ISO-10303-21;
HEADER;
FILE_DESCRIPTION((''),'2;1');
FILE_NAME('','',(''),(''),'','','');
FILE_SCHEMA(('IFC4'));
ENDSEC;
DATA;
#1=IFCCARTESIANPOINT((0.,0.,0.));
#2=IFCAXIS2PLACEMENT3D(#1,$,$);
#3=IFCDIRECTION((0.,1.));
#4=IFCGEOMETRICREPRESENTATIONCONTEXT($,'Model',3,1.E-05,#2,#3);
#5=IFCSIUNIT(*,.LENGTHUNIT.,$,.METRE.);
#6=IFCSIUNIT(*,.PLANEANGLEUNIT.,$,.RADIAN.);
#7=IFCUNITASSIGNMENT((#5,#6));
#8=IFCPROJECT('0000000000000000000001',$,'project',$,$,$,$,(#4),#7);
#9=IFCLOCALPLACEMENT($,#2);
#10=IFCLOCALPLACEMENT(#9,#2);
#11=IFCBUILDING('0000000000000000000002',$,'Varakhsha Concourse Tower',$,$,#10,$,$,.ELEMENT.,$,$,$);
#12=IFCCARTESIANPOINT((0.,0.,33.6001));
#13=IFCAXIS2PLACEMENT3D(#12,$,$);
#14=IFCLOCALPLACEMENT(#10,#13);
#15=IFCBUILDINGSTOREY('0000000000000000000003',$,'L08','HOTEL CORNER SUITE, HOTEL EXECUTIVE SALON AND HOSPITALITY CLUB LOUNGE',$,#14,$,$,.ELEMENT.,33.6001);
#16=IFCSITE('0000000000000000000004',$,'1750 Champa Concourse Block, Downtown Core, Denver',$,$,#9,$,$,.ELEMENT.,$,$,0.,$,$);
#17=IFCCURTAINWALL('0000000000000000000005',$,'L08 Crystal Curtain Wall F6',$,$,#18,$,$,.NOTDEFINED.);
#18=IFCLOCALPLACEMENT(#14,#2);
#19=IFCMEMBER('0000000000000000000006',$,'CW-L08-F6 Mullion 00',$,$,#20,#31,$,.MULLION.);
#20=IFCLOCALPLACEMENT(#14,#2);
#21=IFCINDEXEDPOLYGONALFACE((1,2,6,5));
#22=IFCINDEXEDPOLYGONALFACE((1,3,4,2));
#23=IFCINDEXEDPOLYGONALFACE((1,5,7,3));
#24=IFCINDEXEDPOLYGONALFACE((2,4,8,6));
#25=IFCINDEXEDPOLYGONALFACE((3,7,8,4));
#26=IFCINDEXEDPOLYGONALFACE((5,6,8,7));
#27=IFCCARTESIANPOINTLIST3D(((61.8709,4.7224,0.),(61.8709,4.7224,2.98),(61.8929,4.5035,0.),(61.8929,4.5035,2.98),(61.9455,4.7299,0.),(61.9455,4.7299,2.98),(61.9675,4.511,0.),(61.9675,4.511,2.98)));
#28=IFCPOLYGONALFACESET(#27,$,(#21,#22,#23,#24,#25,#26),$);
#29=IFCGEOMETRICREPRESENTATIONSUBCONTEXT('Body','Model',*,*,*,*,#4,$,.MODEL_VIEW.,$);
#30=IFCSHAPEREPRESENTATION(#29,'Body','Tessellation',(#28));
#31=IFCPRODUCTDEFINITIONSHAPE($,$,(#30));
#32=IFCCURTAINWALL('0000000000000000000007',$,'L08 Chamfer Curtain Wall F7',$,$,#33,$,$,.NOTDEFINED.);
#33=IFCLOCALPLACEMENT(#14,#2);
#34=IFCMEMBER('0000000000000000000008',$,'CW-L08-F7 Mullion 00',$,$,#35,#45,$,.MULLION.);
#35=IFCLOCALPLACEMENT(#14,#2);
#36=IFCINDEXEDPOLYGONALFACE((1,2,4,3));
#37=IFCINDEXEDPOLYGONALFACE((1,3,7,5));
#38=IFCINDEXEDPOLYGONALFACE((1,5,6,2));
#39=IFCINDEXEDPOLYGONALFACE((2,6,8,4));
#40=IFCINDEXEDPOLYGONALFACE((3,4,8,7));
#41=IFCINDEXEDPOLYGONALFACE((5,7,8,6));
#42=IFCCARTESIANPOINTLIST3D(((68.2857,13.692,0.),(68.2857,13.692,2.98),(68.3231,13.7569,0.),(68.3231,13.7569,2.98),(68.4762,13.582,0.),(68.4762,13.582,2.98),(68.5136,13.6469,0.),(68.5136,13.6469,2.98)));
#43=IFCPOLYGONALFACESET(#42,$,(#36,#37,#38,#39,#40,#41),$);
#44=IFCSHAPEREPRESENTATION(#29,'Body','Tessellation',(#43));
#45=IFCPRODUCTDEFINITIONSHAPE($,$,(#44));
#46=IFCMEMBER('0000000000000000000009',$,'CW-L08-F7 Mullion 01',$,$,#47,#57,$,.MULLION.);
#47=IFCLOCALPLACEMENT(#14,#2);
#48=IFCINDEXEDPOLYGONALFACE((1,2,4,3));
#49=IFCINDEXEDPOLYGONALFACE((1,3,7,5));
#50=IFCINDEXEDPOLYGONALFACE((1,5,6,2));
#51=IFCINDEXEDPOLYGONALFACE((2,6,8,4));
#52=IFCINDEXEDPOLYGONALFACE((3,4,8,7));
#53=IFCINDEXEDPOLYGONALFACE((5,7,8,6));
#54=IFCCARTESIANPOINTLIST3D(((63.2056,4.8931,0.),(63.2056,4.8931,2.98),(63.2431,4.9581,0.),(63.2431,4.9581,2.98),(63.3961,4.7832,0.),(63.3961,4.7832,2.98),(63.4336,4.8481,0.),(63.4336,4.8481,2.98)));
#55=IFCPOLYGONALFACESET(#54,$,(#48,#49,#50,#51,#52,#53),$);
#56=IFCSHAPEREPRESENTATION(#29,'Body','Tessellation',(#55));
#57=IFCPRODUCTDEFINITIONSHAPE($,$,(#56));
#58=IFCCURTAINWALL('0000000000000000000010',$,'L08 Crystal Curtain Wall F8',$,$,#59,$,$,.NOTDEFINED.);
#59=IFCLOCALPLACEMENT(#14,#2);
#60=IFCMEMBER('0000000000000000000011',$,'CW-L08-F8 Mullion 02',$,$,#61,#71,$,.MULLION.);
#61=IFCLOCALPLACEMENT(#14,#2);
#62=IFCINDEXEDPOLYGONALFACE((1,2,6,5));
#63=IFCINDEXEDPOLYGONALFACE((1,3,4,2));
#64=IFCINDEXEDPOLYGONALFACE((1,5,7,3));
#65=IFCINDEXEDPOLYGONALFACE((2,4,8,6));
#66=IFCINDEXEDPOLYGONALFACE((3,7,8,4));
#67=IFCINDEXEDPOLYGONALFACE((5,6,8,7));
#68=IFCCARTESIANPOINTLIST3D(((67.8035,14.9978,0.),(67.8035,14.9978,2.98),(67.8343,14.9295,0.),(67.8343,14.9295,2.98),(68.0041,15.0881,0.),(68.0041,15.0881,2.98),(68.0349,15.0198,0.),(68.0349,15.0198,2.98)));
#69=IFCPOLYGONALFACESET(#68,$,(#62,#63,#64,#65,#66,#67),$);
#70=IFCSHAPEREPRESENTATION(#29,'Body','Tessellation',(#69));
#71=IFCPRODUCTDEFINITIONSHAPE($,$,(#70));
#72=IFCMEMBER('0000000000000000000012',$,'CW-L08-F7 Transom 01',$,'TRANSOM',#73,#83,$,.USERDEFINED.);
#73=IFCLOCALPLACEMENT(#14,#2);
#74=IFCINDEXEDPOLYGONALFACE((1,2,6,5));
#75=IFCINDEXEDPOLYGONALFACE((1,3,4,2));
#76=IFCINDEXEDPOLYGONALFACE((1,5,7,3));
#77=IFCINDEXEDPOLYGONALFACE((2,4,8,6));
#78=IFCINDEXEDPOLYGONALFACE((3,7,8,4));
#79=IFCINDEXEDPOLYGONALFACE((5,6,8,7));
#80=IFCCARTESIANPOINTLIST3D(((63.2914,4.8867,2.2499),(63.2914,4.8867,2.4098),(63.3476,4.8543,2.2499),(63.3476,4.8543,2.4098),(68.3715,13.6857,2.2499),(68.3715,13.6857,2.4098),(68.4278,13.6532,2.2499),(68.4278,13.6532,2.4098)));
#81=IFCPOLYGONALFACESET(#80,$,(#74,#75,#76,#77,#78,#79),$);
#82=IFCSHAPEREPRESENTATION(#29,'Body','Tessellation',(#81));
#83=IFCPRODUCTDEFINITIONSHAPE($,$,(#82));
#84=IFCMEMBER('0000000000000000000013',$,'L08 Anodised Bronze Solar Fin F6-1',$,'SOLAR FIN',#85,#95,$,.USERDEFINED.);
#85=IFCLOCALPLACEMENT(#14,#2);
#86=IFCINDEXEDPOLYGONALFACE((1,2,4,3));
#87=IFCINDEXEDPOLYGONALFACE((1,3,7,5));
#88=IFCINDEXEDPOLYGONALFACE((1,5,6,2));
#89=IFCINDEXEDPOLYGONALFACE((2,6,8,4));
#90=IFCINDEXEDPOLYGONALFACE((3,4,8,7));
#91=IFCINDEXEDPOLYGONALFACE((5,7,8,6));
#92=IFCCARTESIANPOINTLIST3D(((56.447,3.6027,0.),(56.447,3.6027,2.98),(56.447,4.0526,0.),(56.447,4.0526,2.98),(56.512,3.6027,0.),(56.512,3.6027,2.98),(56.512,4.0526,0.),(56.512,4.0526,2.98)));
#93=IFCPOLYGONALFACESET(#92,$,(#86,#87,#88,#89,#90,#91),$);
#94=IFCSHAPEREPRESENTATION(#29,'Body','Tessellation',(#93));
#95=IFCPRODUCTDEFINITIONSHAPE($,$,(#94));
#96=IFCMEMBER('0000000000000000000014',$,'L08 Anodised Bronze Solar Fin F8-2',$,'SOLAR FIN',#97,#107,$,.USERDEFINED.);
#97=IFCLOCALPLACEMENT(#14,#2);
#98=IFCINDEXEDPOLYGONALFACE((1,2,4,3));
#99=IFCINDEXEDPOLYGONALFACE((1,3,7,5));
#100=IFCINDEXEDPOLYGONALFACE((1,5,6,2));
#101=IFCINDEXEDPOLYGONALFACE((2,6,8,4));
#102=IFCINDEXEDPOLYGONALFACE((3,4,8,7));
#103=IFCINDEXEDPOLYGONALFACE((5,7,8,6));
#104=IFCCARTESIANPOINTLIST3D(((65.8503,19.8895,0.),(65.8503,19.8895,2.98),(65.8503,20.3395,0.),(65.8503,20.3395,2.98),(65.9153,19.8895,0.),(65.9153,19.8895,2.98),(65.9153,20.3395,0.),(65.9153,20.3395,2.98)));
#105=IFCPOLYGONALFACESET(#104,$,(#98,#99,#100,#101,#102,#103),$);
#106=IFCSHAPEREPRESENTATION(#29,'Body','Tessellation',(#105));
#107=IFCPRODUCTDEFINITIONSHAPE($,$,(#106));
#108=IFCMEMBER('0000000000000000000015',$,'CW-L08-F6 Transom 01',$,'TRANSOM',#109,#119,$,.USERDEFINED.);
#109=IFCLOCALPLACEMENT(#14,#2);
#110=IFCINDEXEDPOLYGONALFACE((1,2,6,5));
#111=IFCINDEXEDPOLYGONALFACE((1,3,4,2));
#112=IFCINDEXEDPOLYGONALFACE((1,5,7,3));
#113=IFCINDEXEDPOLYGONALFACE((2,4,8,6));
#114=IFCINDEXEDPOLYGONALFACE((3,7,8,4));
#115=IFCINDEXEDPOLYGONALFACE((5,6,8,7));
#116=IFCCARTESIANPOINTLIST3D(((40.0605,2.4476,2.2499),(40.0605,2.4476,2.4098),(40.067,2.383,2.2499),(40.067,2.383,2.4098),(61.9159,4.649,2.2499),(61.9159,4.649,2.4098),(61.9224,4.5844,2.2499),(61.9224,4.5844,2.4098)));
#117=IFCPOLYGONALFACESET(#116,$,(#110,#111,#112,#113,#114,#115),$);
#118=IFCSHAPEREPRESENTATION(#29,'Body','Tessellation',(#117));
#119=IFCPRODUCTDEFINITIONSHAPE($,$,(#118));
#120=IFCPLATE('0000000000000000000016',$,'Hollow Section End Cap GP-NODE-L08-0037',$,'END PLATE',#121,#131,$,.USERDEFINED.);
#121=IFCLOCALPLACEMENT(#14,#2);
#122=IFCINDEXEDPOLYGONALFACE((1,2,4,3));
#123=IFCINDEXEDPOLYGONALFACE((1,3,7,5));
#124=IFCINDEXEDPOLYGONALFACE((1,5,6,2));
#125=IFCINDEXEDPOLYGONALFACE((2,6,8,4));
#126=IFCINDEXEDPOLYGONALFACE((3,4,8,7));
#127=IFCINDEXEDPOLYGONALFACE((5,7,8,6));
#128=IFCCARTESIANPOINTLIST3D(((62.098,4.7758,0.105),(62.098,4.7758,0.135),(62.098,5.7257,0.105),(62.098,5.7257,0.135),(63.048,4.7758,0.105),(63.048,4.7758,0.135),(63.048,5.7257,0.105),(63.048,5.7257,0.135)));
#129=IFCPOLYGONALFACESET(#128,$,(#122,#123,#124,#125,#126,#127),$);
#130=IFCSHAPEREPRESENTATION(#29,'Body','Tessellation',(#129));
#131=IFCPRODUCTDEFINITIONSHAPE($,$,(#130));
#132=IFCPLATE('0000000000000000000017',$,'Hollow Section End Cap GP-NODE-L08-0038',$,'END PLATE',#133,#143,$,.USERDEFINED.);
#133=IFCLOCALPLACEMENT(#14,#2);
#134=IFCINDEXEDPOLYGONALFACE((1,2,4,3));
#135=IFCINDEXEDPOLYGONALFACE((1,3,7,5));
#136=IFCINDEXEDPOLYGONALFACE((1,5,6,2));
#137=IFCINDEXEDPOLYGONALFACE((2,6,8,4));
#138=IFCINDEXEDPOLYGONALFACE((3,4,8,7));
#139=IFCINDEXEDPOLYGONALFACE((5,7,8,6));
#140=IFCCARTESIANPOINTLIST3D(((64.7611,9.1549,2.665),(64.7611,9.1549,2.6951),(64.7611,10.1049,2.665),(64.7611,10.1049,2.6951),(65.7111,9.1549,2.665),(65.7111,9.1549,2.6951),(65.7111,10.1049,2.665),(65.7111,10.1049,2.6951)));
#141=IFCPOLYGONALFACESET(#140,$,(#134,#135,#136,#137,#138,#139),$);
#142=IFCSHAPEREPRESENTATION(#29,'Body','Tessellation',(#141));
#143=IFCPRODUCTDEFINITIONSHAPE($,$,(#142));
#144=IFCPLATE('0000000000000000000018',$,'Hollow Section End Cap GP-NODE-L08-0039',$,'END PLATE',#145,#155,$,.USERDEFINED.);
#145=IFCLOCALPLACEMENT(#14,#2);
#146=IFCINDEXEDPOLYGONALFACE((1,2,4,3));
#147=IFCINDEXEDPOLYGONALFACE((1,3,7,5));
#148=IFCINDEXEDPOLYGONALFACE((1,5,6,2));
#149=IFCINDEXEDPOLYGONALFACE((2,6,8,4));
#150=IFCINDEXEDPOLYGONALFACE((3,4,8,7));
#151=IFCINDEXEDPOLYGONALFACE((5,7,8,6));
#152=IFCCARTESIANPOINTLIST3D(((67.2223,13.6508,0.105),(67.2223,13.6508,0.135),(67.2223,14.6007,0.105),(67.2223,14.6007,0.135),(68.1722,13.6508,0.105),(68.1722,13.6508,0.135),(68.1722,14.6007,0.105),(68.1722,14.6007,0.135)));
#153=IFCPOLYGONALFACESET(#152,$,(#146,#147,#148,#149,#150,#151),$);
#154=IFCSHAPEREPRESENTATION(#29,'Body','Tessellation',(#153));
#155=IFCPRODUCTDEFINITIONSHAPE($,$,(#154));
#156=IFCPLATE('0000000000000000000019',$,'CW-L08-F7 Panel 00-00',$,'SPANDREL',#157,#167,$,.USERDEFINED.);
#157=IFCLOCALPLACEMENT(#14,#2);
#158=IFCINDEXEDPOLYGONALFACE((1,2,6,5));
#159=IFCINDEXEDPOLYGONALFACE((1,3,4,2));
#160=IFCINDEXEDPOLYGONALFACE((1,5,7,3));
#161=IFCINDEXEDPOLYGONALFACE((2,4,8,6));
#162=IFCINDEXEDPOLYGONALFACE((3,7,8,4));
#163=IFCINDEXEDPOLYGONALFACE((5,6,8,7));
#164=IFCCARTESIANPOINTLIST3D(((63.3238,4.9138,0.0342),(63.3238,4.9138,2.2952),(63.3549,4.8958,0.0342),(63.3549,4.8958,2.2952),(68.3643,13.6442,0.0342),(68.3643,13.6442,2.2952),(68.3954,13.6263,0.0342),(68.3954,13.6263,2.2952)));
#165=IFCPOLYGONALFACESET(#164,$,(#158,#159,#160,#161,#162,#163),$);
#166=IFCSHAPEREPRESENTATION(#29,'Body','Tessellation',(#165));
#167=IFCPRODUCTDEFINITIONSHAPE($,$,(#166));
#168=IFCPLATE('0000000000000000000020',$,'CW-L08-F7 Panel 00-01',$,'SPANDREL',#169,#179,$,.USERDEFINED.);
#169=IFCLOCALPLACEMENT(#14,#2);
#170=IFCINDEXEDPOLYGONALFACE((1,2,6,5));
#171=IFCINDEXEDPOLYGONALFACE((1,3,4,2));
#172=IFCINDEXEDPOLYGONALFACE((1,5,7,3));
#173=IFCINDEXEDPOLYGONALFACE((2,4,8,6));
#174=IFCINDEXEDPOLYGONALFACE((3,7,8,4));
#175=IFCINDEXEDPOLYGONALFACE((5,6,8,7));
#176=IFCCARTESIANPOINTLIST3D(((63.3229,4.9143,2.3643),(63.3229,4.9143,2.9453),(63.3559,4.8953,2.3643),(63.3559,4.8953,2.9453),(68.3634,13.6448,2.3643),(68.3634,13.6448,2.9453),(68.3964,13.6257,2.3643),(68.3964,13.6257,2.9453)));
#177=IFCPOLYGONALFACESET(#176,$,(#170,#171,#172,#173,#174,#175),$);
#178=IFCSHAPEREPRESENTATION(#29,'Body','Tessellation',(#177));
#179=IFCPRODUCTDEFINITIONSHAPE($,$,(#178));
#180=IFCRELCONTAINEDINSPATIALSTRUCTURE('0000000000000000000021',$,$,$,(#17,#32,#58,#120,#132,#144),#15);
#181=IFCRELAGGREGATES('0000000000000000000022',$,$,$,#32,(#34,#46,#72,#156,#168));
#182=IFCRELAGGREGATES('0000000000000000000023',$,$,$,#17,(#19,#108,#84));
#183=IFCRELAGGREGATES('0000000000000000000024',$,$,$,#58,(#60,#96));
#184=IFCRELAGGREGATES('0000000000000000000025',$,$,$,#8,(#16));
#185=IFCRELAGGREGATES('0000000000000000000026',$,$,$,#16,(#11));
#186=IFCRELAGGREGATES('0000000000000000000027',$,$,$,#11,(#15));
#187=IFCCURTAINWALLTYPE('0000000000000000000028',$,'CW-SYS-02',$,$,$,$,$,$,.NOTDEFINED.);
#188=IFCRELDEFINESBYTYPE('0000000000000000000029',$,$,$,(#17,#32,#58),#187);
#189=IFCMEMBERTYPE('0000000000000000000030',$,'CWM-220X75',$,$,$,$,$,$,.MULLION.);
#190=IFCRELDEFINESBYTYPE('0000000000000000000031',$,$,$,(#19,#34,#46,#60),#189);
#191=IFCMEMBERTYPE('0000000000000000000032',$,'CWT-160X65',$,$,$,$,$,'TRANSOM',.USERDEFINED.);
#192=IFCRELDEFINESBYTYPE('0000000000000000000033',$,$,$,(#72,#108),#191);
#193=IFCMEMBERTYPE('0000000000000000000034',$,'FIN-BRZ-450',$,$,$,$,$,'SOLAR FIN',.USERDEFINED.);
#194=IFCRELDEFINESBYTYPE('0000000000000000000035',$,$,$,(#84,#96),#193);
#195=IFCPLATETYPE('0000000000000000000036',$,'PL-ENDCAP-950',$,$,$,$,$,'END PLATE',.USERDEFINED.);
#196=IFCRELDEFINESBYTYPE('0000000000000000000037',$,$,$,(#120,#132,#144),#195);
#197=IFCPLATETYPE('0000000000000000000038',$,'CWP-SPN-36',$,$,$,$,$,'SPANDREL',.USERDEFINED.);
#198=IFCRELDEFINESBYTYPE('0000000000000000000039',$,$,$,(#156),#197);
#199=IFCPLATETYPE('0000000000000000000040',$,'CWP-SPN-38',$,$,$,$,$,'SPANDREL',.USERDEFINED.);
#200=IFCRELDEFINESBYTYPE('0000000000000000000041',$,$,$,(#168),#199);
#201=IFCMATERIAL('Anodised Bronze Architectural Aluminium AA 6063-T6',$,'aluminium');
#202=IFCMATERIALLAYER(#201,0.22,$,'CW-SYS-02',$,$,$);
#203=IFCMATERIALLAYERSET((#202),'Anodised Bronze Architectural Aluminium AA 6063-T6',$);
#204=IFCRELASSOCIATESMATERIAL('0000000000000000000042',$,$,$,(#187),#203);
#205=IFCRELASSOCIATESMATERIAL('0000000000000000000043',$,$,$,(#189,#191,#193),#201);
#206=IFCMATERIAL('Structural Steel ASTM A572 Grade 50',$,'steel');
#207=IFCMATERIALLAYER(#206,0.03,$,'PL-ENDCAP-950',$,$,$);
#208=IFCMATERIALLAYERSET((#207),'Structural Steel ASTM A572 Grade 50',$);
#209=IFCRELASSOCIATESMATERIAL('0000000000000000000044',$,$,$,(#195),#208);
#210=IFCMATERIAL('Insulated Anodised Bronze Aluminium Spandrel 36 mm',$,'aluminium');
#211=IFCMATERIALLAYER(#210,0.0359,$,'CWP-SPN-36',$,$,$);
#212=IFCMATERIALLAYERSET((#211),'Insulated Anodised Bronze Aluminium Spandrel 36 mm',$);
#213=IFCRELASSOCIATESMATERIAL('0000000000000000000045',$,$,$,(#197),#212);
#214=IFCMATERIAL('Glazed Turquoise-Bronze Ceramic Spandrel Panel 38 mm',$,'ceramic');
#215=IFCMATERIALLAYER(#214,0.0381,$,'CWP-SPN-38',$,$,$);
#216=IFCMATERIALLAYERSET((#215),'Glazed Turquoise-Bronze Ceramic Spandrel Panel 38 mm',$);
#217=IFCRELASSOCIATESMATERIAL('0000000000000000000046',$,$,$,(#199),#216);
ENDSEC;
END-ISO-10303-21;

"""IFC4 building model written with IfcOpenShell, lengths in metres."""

from ifc_helpers import new_model, si_unit, direction, frame, origin, origin_2d, place, context, subcontext, project, spatial, rectangle, extrude, source, transform, mapped, material, layer, layer_set, material_profile, profile_set, type_object, type_shapes, element, aggregate, save


model = new_model("IFC4")

# Units and contexts
model_context = context("Model", 3, precision=1e-05, world=origin(), true_north=direction((0.0, 1.0)))
body_context = subcontext(model_context, "Body", "Model", "MODEL_VIEW")
ifc_project = project(units=[si_unit("LENGTHUNIT", "METRE"), si_unit("PLANEANGLEUNIT", "RADIAN")], contexts=[model_context])

# Site, building, storey
site_placement = place(None, origin())
site = spatial("IfcSite", under=ifc_project, at=site_placement, Name="1750 Champa Concourse Block, Downtown Core, Denver", CompositionType="ELEMENT", RefElevation=0.0)
building_placement = place(site_placement, origin())
building = spatial("IfcBuilding", under=site, at=building_placement, Name="Varakhsha Concourse Tower", CompositionType="ELEMENT")
storey_placement = place(building_placement, frame((0.0, 0.0, 33.6001)))
storey = spatial("IfcBuildingStorey", under=building, at=storey_placement, Name="L08", Description="HOTEL CORNER SUITE, HOTEL EXECUTIVE SALON AND HOSPITALITY CLUB LOUNGE", CompositionType="ELEMENT", Elevation=33.6001)

# Shared definitions
ifc_material_1 = material(Name="Structural Steel ASTM A572 Grade 50", Category="steel")

# Curtain wall, member
ifc_material_2 = material(Name="Anodised Bronze Architectural Aluminium AA 6063-T6", Category="aluminium")
ifc_layer_1 = layer(ifc_material_2, 0.22, Name="CW-SYS-02")
ifc_layer_set_1 = layer_set([ifc_layer_1], Name="Anodised Bronze Architectural Aluminium AA 6063-T6")
curtain_wall_type = type_object("IfcCurtainWallType", Name="CW-SYS-02", PredefinedType="NOTDEFINED", material=ifc_layer_set_1)
curtain_wall_1_placement = place(storey_placement, origin())
curtain_wall_1 = element("IfcCurtainWall", 1, at=curtain_wall_1_placement, inside=storey, type_object=curtain_wall_type, Name="L08 Crystal Curtain Wall F6", PredefinedType="NOTDEFINED")
ifc_material_profile_1 = material_profile(ifc_material_2, rectangle(XDim=0.075, YDim=0.22, at=origin_2d()), Name="CWM-220X75")
ifc_profile_set_1 = profile_set([ifc_material_profile_1], Name="Anodised Bronze Architectural Aluminium AA 6063-T6")
member_type_1 = type_object("IfcMemberType", Name="CWM-220X75", PredefinedType="MULLION", material=ifc_profile_set_1)
shared_shape_1 = source(origin(), body_context, "Body", "SweptSolid", [
    extrude(rectangle(XDim=0.075, YDim=0.22, at=origin_2d()), origin(), (0.0, 0.0, 1.0), 2.98),
])
type_shapes(member_type_1, [shared_shape_1])
member_1_placement = place(storey_placement, frame((61.9192, 4.6167, 0.0), z_axis=(0.0, 0.0, 1.0), x_axis=(-0.994965, -0.100226, 0.0)))
member_1 = element("IfcMember", 2, at=member_1_placement, type_object=member_type_1, Name="CW-L08-F6 Mullion 00", PredefinedType="MULLION", context=body_context, shape_type="MappedRepresentation", body=[
    mapped(shared_shape_1, transform((0.0, 0.0, 0.0), scale=1.0)),
])

# Curtain wall, members
curtain_wall_2_placement = place(storey_placement, origin())
curtain_wall_2 = element("IfcCurtainWall", 3, at=curtain_wall_2_placement, inside=storey, type_object=curtain_wall_type, Name="L08 Chamfer Curtain Wall F7", PredefinedType="NOTDEFINED")
member_2_placement = place(storey_placement, frame((68.3997, 13.6694, 0.0), z_axis=(0.0, 0.0, 1.0), x_axis=(-0.499997, -0.866027, 0.0)))
member_2 = element("IfcMember", 4, at=member_2_placement, type_object=member_type_1, Name="CW-L08-F7 Mullion 00", PredefinedType="MULLION", context=body_context, shape_type="MappedRepresentation", body=[
    mapped(shared_shape_1, transform((0.0, 0.0, 0.0), scale=1.0)),
])
member_3_placement = place(storey_placement, frame((63.3196, 4.8706, 0.0), z_axis=(0.0, 0.0, 1.0), x_axis=(-0.499997, -0.866027, 0.0)))
member_3 = element("IfcMember", 5, at=member_3_placement, type_object=member_type_1, Name="CW-L08-F7 Mullion 01", PredefinedType="MULLION", context=body_context, shape_type="MappedRepresentation", body=[
    mapped(shared_shape_1, transform((0.0, 0.0, 0.0), scale=1.0)),
])

# Curtain wall, member
curtain_wall_3_placement = place(storey_placement, origin())
curtain_wall_3 = element("IfcCurtainWall", 6, at=curtain_wall_3_placement, inside=storey, type_object=curtain_wall_type, Name="L08 Crystal Curtain Wall F8", PredefinedType="NOTDEFINED")
member_4_placement = place(storey_placement, frame((67.9192, 15.0088, 0.0), z_axis=(0.0, 0.0, 1.0), x_axis=(0.410684, -0.911778, 0.0)))
member_4 = element("IfcMember", 7, at=member_4_placement, type_object=member_type_1, Name="CW-L08-F8 Mullion 02", PredefinedType="MULLION", context=body_context, shape_type="MappedRepresentation", body=[
    mapped(shared_shape_1, transform((0.0, 0.0, 0.0), scale=1.0)),
])

# Members
ifc_material_profile_2 = material_profile(ifc_material_2, rectangle(XDim=0.0649, YDim=0.1599, at=origin_2d()), Name="CWT-160X65")
ifc_profile_set_2 = profile_set([ifc_material_profile_2], Name="Anodised Bronze Architectural Aluminium AA 6063-T6")
member_type_2 = type_object("IfcMemberType", Name="CWT-160X65", ElementType="TRANSOM", PredefinedType="USERDEFINED", material=ifc_profile_set_2)
shared_shape_2 = source(origin(), body_context, "Body", "SweptSolid", [
    extrude(rectangle(XDim=0.0649, YDim=0.1599, at=origin_2d()), origin(), (0.0, 0.0, 1.0), 10.1602),
])
member_5_placement = place(storey_placement, frame((68.3997, 13.6694, 2.3298), z_axis=(-0.500005, -0.866022, 0.0), x_axis=(0.866022, -0.500005, 0.0)))
member_5 = element("IfcMember", 8, at=member_5_placement, type_object=member_type_2, Name="CW-L08-F7 Transom 01", ObjectType="TRANSOM", PredefinedType="USERDEFINED", context=body_context, shape_type="MappedRepresentation", body=[
    mapped(shared_shape_2, transform((0.0, 0.0, 0.0), scale=1.0)),
])
ifc_material_profile_3 = material_profile(ifc_material_2, rectangle(XDim=0.0649, YDim=0.45, at=origin_2d()), Name="FIN-BRZ-450")
ifc_profile_set_3 = profile_set([ifc_material_profile_3], Name="Anodised Bronze Architectural Aluminium AA 6063-T6")
member_type_3 = type_object("IfcMemberType", Name="FIN-BRZ-450", ElementType="SOLAR FIN", PredefinedType="USERDEFINED", material=ifc_profile_set_3)
shared_shape_3 = source(origin(), body_context, "Body", "SweptSolid", [
    extrude(rectangle(XDim=0.0649, YDim=0.45, at=origin_2d()), origin(), (0.0, 0.0, 1.0), 2.98),
])
type_shapes(member_type_3, [shared_shape_3])
member_6_placement = place(storey_placement, frame((56.4795, 3.8276, 0.0), z_axis=(0.0, 0.0, 1.0), x_axis=(1.0, 0.0, 0.0)))
member_6 = element("IfcMember", 9, at=member_6_placement, type_object=member_type_3, Name="L08 Anodised Bronze Solar Fin F6-1", ObjectType="SOLAR FIN", PredefinedType="USERDEFINED", context=body_context, shape_type="MappedRepresentation", body=[
    mapped(shared_shape_3, transform((0.0, 0.0, 0.0), scale=1.0)),
])
member_7_placement = place(storey_placement, frame((65.8828, 20.1145, 0.0), z_axis=(0.0, 0.0, 1.0), x_axis=(1.0, 0.0, 0.0)))
member_7 = element("IfcMember", 10, at=member_7_placement, type_object=member_type_3, Name="L08 Anodised Bronze Solar Fin F8-2", ObjectType="SOLAR FIN", PredefinedType="USERDEFINED", context=body_context, shape_type="MappedRepresentation", body=[
    mapped(shared_shape_3, transform((0.0, 0.0, 0.0), scale=1.0)),
])
shared_shape_4 = source(origin(), body_context, "Body", "SweptSolid", [
    extrude(rectangle(XDim=0.0649, YDim=0.1599, at=origin_2d()), origin(), (0.0, 0.0, 1.0), 21.9661),
])
type_shapes(member_type_2, [shared_shape_2, shared_shape_4])
member_8_placement = place(storey_placement, frame((61.9192, 4.6167, 2.3298), z_axis=(-0.994965, -0.100219, 0.0), x_axis=(0.100219, -0.994965, 0.0)))
member_8 = element("IfcMember", 11, at=member_8_placement, type_object=member_type_2, Name="CW-L08-F6 Transom 01", ObjectType="TRANSOM", PredefinedType="USERDEFINED", context=body_context, shape_type="MappedRepresentation", body=[
    mapped(shared_shape_4, transform((0.0, 0.0, 0.0), scale=1.0)),
])

# Plates
ifc_layer_2 = layer(ifc_material_1, 0.03, Name="PL-ENDCAP-950")
ifc_layer_set_2 = layer_set([ifc_layer_2], Name="Structural Steel ASTM A572 Grade 50")
plate_type_1 = type_object("IfcPlateType", Name="PL-ENDCAP-950", ElementType="END PLATE", PredefinedType="USERDEFINED", material=ifc_layer_set_2)
shared_shape_5 = source(origin(), body_context, "Body", "SweptSolid", [
    extrude(rectangle(XDim=0.95, YDim=0.95, at=origin_2d()), origin(), (0.0, 0.0, 1.0), 0.03),
])
type_shapes(plate_type_1, [shared_shape_5])
for number, where, z_axis, x_axis, name in (
    (12, (62.573, 5.2507, 0.105), (0.0, 0.0, 1.0), (1.0, 0.0, 0.0), "Hollow Section End Cap GP-NODE-L08-0037"),
    (13, (65.2361, 9.6299, 2.665), (0.0, 0.0, 1.0), (1.0, 0.0, 0.0), "Hollow Section End Cap GP-NODE-L08-0038"),
    (14, (67.6973, 14.1257, 0.105), (0.0, 0.0, 1.0), (1.0, 0.0, 0.0), "Hollow Section End Cap GP-NODE-L08-0039"),
):
    element("IfcPlate", number, at=place(storey_placement, frame(where, z_axis=z_axis, x_axis=x_axis)), inside=storey, type_object=plate_type_1, Name=name, ObjectType="END PLATE", PredefinedType="USERDEFINED", context=body_context, shape_type="MappedRepresentation", body=[
        mapped(shared_shape_5, transform((0.0, 0.0, 0.0), scale=1.0)),
    ])

# Plates
ifc_material_3 = material(Name="Insulated Anodised Bronze Aluminium Spandrel 36 mm", Category="aluminium")
ifc_layer_3 = layer(ifc_material_3, 0.0359, Name="CWP-SPN-36")
ifc_layer_set_3 = layer_set([ifc_layer_3], Name="Insulated Anodised Bronze Aluminium Spandrel 36 mm")
plate_type_2 = type_object("IfcPlateType", Name="CWP-SPN-36", ElementType="SPANDREL", PredefinedType="USERDEFINED", material=ifc_layer_set_3)
shared_shape_6 = source(origin(), body_context, "Body", "SweptSolid", [
    extrude(rectangle(XDim=10.0811, YDim=0.0359, at=origin_2d()), origin(), (0.0, 0.0, 1.0), 2.261),
])
type_shapes(plate_type_2, [shared_shape_6])
plate_1_placement = place(storey_placement, frame((65.8596, 9.27, 0.0342), z_axis=(0.0, 0.0, 1.0), x_axis=(-0.499997, -0.866027, 0.0)))
plate_1 = element("IfcPlate", 15, at=plate_1_placement, type_object=plate_type_2, Name="CW-L08-F7 Panel 00-00", ObjectType="SPANDREL", PredefinedType="USERDEFINED", context=body_context, shape_type="MappedRepresentation", body=[
    mapped(shared_shape_6, transform((0.0, 0.0, 0.0), scale=1.0)),
])
ifc_material_4 = material(Name="Glazed Turquoise-Bronze Ceramic Spandrel Panel 38 mm", Category="ceramic")
ifc_layer_4 = layer(ifc_material_4, 0.0381, Name="CWP-SPN-38")
ifc_layer_set_4 = layer_set([ifc_layer_4], Name="Glazed Turquoise-Bronze Ceramic Spandrel Panel 38 mm")
plate_type_3 = type_object("IfcPlateType", Name="CWP-SPN-38", ElementType="SPANDREL", PredefinedType="USERDEFINED", material=ifc_layer_set_4)
shared_shape_7 = source(origin(), body_context, "Body", "SweptSolid", [
    extrude(rectangle(XDim=10.0811, YDim=0.0381, at=origin_2d()), origin(), (0.0, 0.0, 1.0), 0.5811),
])
plate_2_placement = place(storey_placement, frame((65.8596, 9.27, 2.3643), z_axis=(0.0, 0.0, 1.0), x_axis=(-0.499997, -0.866027, 0.0)))
plate_2 = element("IfcPlate", 16, at=plate_2_placement, type_object=plate_type_3, Name="CW-L08-F7 Panel 00-01", ObjectType="SPANDREL", PredefinedType="USERDEFINED", context=body_context, shape_type="MappedRepresentation", body=[
    mapped(shared_shape_7, transform((0.0, 0.0, 0.0), scale=1.0)),
])
aggregate(curtain_wall_2, [member_2, member_3, member_5, plate_1, plate_2])
aggregate(curtain_wall_1, [member_1, member_8, member_6])
aggregate(curtain_wall_3, [member_4, member_7])

save(model, "model.ifc")
